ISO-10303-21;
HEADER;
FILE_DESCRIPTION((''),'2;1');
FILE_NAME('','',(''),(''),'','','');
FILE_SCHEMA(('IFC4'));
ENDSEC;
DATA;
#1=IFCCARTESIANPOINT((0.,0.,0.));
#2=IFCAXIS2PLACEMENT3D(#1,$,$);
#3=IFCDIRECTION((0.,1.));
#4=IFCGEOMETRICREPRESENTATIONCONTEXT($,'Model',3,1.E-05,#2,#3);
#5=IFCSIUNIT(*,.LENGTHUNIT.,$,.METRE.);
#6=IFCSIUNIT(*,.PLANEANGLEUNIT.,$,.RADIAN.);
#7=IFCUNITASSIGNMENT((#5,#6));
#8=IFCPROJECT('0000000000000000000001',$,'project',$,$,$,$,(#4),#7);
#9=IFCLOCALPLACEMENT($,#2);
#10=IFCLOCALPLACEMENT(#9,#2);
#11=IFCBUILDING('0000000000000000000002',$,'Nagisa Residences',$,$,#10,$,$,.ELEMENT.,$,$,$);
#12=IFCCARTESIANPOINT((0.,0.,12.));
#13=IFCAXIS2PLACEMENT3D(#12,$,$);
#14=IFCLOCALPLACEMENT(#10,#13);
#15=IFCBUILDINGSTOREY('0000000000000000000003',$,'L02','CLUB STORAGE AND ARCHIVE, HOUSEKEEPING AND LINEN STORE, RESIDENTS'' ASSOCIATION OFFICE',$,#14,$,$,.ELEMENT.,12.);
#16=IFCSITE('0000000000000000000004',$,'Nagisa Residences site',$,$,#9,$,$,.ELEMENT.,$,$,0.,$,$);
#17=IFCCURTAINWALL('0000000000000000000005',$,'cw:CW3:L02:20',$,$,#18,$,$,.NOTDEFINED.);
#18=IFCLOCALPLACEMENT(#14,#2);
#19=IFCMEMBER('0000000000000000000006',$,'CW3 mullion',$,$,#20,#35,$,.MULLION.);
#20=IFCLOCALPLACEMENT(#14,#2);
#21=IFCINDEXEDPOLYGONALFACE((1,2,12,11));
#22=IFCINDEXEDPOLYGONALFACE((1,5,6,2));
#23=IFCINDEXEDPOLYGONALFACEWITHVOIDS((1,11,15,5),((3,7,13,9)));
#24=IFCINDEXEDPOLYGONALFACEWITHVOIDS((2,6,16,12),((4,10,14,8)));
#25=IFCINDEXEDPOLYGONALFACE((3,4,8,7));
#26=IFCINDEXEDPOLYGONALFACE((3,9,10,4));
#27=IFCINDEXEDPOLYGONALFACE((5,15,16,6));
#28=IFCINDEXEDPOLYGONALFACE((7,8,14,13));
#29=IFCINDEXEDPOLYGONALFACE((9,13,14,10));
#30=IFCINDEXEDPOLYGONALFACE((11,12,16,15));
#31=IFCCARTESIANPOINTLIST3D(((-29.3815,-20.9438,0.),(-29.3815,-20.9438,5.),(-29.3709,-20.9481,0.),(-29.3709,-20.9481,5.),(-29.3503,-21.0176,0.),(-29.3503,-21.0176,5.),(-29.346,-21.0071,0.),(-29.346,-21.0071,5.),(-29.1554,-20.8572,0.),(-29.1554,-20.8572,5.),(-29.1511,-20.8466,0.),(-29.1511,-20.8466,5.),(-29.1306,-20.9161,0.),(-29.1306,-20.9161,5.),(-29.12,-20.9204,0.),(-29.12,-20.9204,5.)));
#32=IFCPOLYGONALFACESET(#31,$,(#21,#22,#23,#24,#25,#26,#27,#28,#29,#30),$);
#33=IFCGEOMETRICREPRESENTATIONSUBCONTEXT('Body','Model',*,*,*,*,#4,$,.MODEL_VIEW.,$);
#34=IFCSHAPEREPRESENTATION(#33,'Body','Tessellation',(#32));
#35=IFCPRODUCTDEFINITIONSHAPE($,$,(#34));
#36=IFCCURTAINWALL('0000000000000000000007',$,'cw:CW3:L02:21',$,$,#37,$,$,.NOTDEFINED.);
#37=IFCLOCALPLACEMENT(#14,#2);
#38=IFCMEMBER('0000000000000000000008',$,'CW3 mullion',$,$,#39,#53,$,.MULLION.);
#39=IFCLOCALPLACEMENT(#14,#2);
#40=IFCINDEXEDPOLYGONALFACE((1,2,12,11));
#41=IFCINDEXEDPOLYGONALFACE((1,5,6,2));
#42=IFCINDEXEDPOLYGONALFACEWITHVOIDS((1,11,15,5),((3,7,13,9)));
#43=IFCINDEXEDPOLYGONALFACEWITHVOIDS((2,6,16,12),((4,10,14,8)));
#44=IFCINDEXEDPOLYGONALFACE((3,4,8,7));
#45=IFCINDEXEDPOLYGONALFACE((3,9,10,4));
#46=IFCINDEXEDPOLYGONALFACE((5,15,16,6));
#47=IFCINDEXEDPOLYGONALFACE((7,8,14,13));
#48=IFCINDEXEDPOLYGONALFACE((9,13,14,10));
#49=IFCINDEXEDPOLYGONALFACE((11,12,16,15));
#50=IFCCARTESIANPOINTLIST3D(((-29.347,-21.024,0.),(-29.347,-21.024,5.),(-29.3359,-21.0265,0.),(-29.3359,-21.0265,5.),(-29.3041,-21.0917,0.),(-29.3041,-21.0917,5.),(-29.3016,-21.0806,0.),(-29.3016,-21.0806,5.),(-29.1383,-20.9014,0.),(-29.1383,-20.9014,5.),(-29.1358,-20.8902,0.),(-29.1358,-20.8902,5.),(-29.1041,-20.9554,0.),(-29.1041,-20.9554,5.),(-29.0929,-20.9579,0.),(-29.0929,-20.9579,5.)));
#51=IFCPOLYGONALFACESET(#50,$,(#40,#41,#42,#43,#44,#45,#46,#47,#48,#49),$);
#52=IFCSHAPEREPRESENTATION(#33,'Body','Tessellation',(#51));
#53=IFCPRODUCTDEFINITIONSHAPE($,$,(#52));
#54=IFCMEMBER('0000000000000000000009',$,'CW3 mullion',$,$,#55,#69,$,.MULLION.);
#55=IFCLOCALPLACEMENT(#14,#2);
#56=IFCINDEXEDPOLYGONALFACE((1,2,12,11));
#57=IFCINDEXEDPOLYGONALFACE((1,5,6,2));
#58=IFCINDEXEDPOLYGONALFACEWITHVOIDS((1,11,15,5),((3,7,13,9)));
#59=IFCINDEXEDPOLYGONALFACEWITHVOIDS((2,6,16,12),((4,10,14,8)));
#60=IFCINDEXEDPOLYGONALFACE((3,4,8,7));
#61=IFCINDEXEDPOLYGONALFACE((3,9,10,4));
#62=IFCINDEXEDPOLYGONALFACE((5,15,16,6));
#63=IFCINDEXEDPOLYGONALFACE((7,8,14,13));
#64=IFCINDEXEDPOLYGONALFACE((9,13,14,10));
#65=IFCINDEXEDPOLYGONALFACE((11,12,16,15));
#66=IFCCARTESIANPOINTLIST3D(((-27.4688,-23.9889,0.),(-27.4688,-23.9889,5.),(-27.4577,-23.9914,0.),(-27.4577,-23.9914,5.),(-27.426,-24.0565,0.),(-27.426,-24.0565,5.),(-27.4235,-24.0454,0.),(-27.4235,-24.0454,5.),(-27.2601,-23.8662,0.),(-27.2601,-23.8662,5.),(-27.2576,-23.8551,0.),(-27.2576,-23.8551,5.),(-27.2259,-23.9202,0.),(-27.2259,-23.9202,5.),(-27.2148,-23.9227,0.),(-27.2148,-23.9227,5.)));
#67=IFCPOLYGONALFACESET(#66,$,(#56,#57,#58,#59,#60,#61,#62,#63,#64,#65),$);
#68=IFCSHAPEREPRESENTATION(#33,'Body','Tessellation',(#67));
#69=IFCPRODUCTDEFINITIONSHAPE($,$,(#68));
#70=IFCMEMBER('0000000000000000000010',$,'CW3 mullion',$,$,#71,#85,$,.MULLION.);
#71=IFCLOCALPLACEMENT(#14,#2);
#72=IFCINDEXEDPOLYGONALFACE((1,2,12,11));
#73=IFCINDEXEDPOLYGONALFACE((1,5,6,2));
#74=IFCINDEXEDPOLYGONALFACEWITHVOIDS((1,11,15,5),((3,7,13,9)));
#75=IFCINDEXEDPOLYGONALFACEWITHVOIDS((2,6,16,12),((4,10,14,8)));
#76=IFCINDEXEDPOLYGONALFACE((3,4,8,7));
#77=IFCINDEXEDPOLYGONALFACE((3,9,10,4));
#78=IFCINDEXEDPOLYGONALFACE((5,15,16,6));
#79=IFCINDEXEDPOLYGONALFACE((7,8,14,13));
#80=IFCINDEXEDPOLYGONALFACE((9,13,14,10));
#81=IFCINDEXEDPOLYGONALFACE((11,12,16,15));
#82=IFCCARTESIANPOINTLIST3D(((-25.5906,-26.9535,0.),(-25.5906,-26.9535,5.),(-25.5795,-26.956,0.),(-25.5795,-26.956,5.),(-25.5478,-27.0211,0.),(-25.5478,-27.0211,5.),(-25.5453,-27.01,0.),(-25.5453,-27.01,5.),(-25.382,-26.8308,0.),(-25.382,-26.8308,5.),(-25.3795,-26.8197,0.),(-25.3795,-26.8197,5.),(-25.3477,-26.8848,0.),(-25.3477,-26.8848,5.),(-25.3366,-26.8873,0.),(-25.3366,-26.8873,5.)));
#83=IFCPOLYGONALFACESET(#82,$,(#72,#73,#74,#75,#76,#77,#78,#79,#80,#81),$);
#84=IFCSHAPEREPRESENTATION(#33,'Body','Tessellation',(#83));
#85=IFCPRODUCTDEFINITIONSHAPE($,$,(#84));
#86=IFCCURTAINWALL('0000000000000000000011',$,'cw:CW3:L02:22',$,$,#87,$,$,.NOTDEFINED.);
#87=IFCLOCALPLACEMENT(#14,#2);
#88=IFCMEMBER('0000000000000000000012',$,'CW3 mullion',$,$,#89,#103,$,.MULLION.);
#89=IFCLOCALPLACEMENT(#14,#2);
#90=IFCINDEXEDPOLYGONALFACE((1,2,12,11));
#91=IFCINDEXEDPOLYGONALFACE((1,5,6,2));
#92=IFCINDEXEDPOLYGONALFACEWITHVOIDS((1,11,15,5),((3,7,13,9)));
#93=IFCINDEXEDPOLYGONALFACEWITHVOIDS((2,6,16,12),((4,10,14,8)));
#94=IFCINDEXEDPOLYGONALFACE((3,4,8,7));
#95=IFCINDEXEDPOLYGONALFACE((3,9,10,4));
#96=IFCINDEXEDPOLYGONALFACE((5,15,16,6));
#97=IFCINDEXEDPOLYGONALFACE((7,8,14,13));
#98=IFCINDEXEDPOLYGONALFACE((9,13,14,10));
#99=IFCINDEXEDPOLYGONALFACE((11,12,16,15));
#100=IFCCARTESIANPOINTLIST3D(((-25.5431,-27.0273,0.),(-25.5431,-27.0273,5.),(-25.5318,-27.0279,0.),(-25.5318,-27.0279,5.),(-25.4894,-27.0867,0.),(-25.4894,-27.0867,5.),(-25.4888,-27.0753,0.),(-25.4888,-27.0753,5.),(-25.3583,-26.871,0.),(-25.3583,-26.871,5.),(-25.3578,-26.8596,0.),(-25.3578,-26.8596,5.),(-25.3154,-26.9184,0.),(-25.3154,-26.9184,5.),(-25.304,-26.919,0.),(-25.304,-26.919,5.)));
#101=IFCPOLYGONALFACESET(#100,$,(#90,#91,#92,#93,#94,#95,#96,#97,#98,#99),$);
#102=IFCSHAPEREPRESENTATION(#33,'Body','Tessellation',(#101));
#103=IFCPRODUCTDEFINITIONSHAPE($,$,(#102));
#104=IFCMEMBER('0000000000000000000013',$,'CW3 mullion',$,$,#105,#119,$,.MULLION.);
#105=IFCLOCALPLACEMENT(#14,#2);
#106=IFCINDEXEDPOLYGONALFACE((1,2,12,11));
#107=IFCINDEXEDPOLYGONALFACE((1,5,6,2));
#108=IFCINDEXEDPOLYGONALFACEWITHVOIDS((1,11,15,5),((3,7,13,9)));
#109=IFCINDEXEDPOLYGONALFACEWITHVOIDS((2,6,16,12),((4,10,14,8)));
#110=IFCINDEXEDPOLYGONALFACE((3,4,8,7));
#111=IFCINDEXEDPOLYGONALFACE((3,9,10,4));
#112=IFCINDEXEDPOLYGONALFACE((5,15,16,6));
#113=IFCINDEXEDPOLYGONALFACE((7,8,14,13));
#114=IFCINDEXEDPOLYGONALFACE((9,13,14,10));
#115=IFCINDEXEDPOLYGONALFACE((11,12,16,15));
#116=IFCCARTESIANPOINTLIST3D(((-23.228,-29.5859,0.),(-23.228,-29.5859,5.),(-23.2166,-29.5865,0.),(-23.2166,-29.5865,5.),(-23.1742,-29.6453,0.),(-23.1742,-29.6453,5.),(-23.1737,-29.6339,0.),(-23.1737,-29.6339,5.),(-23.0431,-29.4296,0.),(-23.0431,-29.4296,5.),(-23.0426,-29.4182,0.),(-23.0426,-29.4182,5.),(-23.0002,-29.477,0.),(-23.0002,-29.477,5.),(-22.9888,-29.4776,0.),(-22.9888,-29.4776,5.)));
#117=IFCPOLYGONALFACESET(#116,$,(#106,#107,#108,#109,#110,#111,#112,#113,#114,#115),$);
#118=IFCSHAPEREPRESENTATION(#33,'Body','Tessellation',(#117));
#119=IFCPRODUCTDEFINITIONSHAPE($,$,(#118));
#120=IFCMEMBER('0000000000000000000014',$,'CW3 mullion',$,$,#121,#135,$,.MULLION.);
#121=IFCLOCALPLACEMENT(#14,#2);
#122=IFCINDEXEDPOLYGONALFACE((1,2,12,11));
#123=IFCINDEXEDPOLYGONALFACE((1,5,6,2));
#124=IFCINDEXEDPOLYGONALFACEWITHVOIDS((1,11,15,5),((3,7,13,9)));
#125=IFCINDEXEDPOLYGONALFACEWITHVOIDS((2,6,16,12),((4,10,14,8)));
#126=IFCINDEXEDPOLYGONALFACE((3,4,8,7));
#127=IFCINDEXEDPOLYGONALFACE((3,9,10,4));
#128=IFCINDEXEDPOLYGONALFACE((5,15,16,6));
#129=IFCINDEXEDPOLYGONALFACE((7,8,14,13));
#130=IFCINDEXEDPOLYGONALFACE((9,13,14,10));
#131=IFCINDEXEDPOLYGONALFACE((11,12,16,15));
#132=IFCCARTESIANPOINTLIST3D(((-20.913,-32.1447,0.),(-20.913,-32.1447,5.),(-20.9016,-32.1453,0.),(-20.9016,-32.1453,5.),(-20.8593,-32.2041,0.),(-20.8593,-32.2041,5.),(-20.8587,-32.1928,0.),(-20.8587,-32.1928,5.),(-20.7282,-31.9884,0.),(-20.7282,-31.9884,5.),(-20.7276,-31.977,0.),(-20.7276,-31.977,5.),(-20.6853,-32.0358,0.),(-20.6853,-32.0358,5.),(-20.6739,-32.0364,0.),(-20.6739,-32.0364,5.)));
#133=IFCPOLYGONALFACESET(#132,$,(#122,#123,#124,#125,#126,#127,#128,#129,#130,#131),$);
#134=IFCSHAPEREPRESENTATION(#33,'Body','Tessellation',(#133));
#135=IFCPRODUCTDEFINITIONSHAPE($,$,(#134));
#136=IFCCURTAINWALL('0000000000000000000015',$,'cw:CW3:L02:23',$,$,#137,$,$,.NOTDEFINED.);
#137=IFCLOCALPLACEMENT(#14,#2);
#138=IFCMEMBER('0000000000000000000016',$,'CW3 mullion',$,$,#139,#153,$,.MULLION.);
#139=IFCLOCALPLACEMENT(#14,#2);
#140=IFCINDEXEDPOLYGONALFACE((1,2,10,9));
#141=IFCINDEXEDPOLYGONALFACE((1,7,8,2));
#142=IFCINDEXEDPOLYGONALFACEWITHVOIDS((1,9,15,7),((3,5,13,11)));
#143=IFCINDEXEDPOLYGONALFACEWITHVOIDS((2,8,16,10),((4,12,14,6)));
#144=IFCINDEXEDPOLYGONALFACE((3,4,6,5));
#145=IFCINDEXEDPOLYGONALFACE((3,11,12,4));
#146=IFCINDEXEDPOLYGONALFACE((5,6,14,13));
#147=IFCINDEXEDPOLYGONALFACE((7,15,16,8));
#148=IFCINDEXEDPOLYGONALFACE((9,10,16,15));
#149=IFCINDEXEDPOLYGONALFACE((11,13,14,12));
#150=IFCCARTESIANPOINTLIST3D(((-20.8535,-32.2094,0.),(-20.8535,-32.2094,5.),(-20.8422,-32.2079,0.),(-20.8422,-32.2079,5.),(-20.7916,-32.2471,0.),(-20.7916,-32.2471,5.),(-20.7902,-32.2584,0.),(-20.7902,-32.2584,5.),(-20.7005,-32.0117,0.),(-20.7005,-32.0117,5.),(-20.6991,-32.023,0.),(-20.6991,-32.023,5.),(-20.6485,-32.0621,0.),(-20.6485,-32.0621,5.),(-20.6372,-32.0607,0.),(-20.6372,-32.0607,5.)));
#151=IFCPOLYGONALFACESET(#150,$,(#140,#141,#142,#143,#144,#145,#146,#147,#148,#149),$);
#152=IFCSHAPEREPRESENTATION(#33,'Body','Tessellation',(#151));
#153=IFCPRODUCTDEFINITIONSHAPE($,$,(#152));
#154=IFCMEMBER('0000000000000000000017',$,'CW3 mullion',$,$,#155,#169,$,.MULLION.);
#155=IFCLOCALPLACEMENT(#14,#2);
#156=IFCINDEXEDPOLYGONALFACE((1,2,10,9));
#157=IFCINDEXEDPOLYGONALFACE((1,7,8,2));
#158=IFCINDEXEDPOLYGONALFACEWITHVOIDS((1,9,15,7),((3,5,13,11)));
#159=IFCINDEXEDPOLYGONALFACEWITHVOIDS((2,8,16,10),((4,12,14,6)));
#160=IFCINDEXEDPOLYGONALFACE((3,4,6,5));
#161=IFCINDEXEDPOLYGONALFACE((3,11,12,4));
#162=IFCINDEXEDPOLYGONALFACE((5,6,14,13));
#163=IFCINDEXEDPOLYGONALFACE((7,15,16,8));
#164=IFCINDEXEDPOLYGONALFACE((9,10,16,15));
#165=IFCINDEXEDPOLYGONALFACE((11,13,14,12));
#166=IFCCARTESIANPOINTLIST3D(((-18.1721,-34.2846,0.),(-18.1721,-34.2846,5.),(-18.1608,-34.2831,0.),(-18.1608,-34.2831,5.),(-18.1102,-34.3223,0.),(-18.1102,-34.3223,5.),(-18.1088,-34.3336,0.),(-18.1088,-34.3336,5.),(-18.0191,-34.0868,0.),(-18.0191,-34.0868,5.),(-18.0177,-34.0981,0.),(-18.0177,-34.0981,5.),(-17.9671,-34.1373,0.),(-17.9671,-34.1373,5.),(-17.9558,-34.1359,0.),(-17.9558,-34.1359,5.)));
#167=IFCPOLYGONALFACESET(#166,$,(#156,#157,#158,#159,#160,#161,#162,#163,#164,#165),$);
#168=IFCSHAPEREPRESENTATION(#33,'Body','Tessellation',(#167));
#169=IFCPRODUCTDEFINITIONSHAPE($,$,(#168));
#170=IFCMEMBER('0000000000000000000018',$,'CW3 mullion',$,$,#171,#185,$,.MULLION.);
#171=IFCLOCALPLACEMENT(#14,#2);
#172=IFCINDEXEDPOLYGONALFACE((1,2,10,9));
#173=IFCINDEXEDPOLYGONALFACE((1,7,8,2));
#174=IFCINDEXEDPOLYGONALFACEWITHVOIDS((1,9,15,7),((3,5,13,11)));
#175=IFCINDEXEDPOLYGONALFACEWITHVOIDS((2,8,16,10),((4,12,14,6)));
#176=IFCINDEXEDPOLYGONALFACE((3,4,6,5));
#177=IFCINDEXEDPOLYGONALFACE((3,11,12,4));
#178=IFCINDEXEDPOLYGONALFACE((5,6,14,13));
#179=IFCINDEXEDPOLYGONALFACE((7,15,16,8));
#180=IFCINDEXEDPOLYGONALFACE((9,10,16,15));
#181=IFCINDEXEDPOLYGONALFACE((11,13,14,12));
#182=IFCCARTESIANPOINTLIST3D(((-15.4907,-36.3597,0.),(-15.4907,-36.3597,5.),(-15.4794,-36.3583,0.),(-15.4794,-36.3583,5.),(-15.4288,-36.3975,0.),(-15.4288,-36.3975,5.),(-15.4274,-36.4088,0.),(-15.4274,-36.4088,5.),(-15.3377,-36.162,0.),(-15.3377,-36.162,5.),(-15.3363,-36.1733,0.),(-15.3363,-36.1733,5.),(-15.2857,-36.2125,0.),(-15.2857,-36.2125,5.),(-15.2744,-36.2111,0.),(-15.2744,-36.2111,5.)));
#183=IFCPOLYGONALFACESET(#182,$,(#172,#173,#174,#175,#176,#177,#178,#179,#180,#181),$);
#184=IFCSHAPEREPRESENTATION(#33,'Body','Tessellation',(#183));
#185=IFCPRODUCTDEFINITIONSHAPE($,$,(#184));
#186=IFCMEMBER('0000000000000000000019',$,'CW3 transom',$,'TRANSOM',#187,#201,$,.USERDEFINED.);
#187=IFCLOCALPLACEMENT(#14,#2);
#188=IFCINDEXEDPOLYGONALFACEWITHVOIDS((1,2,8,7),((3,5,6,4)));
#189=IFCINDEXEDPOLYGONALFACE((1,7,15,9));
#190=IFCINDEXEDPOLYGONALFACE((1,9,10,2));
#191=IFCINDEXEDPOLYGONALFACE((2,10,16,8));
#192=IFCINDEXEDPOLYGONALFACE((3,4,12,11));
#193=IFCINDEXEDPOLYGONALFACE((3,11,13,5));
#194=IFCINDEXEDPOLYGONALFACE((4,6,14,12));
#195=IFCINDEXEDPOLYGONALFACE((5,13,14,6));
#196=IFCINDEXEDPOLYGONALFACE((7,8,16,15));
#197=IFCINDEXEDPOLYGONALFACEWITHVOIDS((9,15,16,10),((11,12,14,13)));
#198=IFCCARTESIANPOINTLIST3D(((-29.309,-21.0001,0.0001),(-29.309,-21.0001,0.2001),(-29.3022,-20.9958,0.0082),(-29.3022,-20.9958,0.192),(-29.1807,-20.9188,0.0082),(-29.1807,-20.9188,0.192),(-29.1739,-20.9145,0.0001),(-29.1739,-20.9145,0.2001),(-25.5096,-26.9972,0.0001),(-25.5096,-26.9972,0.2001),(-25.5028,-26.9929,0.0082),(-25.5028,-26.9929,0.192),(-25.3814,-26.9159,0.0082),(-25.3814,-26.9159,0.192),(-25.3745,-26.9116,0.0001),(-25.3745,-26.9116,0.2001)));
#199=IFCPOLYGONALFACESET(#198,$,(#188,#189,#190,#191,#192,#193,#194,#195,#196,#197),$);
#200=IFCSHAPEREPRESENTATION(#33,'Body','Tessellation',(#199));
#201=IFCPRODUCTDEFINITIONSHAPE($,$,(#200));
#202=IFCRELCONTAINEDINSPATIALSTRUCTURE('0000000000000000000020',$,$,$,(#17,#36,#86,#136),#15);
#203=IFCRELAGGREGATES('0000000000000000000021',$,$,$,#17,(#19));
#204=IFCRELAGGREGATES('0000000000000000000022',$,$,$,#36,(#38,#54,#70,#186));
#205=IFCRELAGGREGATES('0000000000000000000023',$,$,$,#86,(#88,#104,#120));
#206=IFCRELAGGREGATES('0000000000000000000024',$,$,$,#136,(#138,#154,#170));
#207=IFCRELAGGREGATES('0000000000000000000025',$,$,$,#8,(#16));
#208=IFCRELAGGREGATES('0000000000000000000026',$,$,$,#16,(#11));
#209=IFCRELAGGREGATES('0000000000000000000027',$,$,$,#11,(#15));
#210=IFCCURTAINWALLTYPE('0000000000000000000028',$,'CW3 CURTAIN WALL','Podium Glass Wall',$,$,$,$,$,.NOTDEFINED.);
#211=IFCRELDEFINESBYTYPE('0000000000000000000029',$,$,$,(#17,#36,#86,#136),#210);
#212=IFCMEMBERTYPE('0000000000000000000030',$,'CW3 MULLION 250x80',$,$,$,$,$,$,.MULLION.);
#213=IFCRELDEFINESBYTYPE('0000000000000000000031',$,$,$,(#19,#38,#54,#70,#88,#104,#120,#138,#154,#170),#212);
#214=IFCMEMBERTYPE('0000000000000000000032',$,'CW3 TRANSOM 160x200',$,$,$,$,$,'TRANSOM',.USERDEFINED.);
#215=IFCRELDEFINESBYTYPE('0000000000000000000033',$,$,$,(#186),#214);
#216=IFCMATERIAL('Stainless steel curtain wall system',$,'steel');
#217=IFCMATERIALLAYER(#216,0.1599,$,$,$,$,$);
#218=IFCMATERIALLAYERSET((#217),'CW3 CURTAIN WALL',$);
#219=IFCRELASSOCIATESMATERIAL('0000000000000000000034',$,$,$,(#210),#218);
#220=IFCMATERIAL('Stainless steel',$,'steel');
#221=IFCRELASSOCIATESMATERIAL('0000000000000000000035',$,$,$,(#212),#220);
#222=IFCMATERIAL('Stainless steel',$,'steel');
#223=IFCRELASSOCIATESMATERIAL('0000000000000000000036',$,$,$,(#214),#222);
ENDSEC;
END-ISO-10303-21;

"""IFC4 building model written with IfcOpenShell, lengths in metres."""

from ifc_helpers import new_model, si_unit, direction, frame, origin, origin_2d, place, context, subcontext, project, spatial, hollow_rectangle, extrude, material, layer, layer_set, material_profile, profile_set, type_object, element, aggregate, save


model = new_model("IFC4")

# Units and contexts
model_context = context("Model", 3, precision=1e-05, world=origin(), true_north=direction((0.0, 1.0)))
body_context = subcontext(model_context, "Body", "Model", "MODEL_VIEW")
ifc_project = project(units=[si_unit("LENGTHUNIT", "METRE"), si_unit("PLANEANGLEUNIT", "RADIAN")], contexts=[model_context])

# Site, building, storey
site_placement = place(None, origin())
site = spatial("IfcSite", under=ifc_project, at=site_placement, Name="Nagisa Residences site", CompositionType="ELEMENT", RefElevation=0.0)
building_placement = place(site_placement, origin())
building = spatial("IfcBuilding", under=site, at=building_placement, Name="Nagisa Residences", CompositionType="ELEMENT")
storey_placement = place(building_placement, frame((0.0, 0.0, 12.0)))
storey = spatial("IfcBuildingStorey", under=building, at=storey_placement, Name="L02", Description="CLUB STORAGE AND ARCHIVE, HOUSEKEEPING AND LINEN STORE, RESIDENTS' ASSOCIATION OFFICE", CompositionType="ELEMENT", Elevation=12.0)

# Curtain walls, members
ifc_material_1 = material(Name="Stainless steel curtain wall system", Category="steel")
ifc_layer_1 = layer(ifc_material_1, 0.1599)
ifc_layer_set_1 = layer_set([ifc_layer_1], Name="CW3 CURTAIN WALL")
curtain_wall_type_1 = type_object("IfcCurtainWallType", Name="CW3 CURTAIN WALL", Description="Podium Glass Wall", PredefinedType="NOTDEFINED", material=ifc_layer_set_1)
curtain_wall_1_placement = place(storey_placement, origin())
curtain_wall_1 = element("IfcCurtainWall", 1, at=curtain_wall_1_placement, inside=storey, type_object=curtain_wall_type_1, Name="cw:CW3:L02:20", PredefinedType="NOTDEFINED")
ifc_material_2 = material(Name="Stainless steel", Category="steel")
ifc_material_profile_1 = material_profile(ifc_material_2, hollow_rectangle(XDim=0.25, YDim=0.0801, WallThickness=0.0081, at=origin_2d()), Name="CW3 MULLION 250x80")
ifc_profile_set_1 = profile_set([ifc_material_profile_1], Name="Stainless steel")
member_type_1 = type_object("IfcMemberType", Name="CW3 MULLION 250x80", PredefinedType="MULLION", material=ifc_profile_set_1)
member_1_placement = place(storey_placement, frame((-29.2507, -20.9321, 0.0), z_axis=(0.0, 0.0, 1.0), x_axis=(0.921357, 0.388718, 0.0)))
member_1 = element("IfcMember", 2, at=member_1_placement, type_object=member_type_1, Name="CW3 mullion", PredefinedType="MULLION", context=body_context, shape_type="SweptSolid", body=[
    extrude(hollow_rectangle(XDim=0.25, YDim=0.0801, WallThickness=0.0081, at=origin_2d()), origin(), (0.0, 0.0, 1.0), 5.0),
])
curtain_wall_2_placement = place(storey_placement, origin())
curtain_wall_2 = element("IfcCurtainWall", 3, at=curtain_wall_2_placement, inside=storey, type_object=curtain_wall_type_1, Name="cw:CW3:L02:21", PredefinedType="NOTDEFINED")
member_2_placement = place(storey_placement, frame((-29.22, -20.991, 0.0), z_axis=(0.0, 0.0, 1.0), x_axis=(0.844747, 0.535165, 0.0)))
member_2 = element("IfcMember", 4, at=member_2_placement, type_object=member_type_1, Name="CW3 mullion", PredefinedType="MULLION", context=body_context, shape_type="SweptSolid", body=[
    extrude(hollow_rectangle(XDim=0.25, YDim=0.0801, WallThickness=0.0081, at=origin_2d()), origin(), (0.0, 0.0, 1.0), 5.0),
])
member_3_placement = place(storey_placement, frame((-27.3418, -23.9558, 0.0), z_axis=(0.0, 0.0, 1.0), x_axis=(0.844747, 0.535165, 0.0)))
member_3 = element("IfcMember", 5, at=member_3_placement, type_object=member_type_1, Name="CW3 mullion", PredefinedType="MULLION", context=body_context, shape_type="SweptSolid", body=[
    extrude(hollow_rectangle(XDim=0.25, YDim=0.0801, WallThickness=0.0081, at=origin_2d()), origin(), (0.0, 0.0, 1.0), 5.0),
])
member_4_placement = place(storey_placement, frame((-25.4636, -26.9204, 0.0), z_axis=(0.0, 0.0, 1.0), x_axis=(0.844747, 0.535165, 0.0)))
member_4 = element("IfcMember", 6, at=member_4_placement, type_object=member_type_1, Name="CW3 mullion", PredefinedType="MULLION", context=body_context, shape_type="SweptSolid", body=[
    extrude(hollow_rectangle(XDim=0.25, YDim=0.0801, WallThickness=0.0081, at=origin_2d()), origin(), (0.0, 0.0, 1.0), 5.0),
])
curtain_wall_3_placement = place(storey_placement, origin())
curtain_wall_3 = element("IfcCurtainWall", 7, at=curtain_wall_3_placement, inside=storey, type_object=curtain_wall_type_1, Name="cw:CW3:L02:22", PredefinedType="NOTDEFINED")
member_5_placement = place(storey_placement, frame((-25.4236, -26.9731, 0.0), z_axis=(0.0, 0.0, 1.0), x_axis=(0.741536, 0.670913, 0.0)))
member_5 = element("IfcMember", 8, at=member_5_placement, type_object=member_type_1, Name="CW3 mullion", PredefinedType="MULLION", context=body_context, shape_type="SweptSolid", body=[
    extrude(hollow_rectangle(XDim=0.25, YDim=0.0801, WallThickness=0.0081, at=origin_2d()), origin(), (0.0, 0.0, 1.0), 5.0),
])
member_6_placement = place(storey_placement, frame((-23.1084, -29.5317, 0.0), z_axis=(0.0, 0.0, 1.0), x_axis=(0.741536, 0.670913, 0.0)))
member_6 = element("IfcMember", 9, at=member_6_placement, type_object=member_type_1, Name="CW3 mullion", PredefinedType="MULLION", context=body_context, shape_type="SweptSolid", body=[
    extrude(hollow_rectangle(XDim=0.25, YDim=0.0801, WallThickness=0.0081, at=origin_2d()), origin(), (0.0, 0.0, 1.0), 5.0),
])
member_7_placement = place(storey_placement, frame((-20.7935, -32.0906, 0.0), z_axis=(0.0, 0.0, 1.0), x_axis=(0.741536, 0.670913, 0.0)))
member_7 = element("IfcMember", 10, at=member_7_placement, type_object=member_type_1, Name="CW3 mullion", PredefinedType="MULLION", context=body_context, shape_type="SweptSolid", body=[
    extrude(hollow_rectangle(XDim=0.25, YDim=0.0801, WallThickness=0.0081, at=origin_2d()), origin(), (0.0, 0.0, 1.0), 5.0),
])
curtain_wall_4_placement = place(storey_placement, origin())
curtain_wall_4 = element("IfcCurtainWall", 11, at=curtain_wall_4_placement, inside=storey, type_object=curtain_wall_type_1, Name="cw:CW3:L02:23", PredefinedType="NOTDEFINED")
member_8_placement = place(storey_placement, frame((-20.7454, -32.135, 0.0), z_axis=(0.0, 0.0, 1.0), x_axis=(0.612035, 0.790831, 0.0)))
member_8 = element("IfcMember", 12, at=member_8_placement, type_object=member_type_1, Name="CW3 mullion", PredefinedType="MULLION", context=body_context, shape_type="SweptSolid", body=[
    extrude(hollow_rectangle(XDim=0.25, YDim=0.0801, WallThickness=0.0081, at=origin_2d()), origin(), (0.0, 0.0, 1.0), 5.0),
])
member_9_placement = place(storey_placement, frame((-18.064, -34.2102, 0.0), z_axis=(0.0, 0.0, 1.0), x_axis=(0.612035, 0.790831, 0.0)))
member_9 = element("IfcMember", 13, at=member_9_placement, type_object=member_type_1, Name="CW3 mullion", PredefinedType="MULLION", context=body_context, shape_type="SweptSolid", body=[
    extrude(hollow_rectangle(XDim=0.25, YDim=0.0801, WallThickness=0.0081, at=origin_2d()), origin(), (0.0, 0.0, 1.0), 5.0),
])
member_10_placement = place(storey_placement, frame((-15.3826, -36.2854, 0.0), z_axis=(0.0, 0.0, 1.0), x_axis=(0.612035, 0.790831, 0.0)))
member_10 = element("IfcMember", 14, at=member_10_placement, type_object=member_type_1, Name="CW3 mullion", PredefinedType="MULLION", context=body_context, shape_type="SweptSolid", body=[
    extrude(hollow_rectangle(XDim=0.25, YDim=0.0801, WallThickness=0.0081, at=origin_2d()), origin(), (0.0, 0.0, 1.0), 5.0),
])

# Member
ifc_material_3 = material(Name="Stainless steel", Category="steel")
ifc_material_profile_2 = material_profile(ifc_material_3, hollow_rectangle(XDim=0.1599, YDim=0.2, WallThickness=0.0081, at=origin_2d()), Name="CW3 TRANSOM 160x200")
ifc_profile_set_2 = profile_set([ifc_material_profile_2], Name="Stainless steel")
member_type_2 = type_object("IfcMemberType", Name="CW3 TRANSOM 160x200", ElementType="TRANSOM", PredefinedType="USERDEFINED", material=ifc_profile_set_2)
member_11_placement = place(storey_placement, frame((-29.2415, -20.9573, 0.1001), z_axis=(0.53517, -0.844744, 0.0), x_axis=(0.844744, 0.53517, 0.0)))
member_11 = element("IfcMember", 15, at=member_11_placement, type_object=member_type_2, Name="CW3 transom", ObjectType="TRANSOM", PredefinedType="USERDEFINED", context=body_context, shape_type="SweptSolid", body=[
    extrude(hollow_rectangle(XDim=0.1599, YDim=0.2, WallThickness=0.0081, at=origin_2d()), origin(), (0.0, 0.0, 1.0), 7.0994),
])

aggregate(curtain_wall_1, [member_1])
aggregate(curtain_wall_2, [member_2, member_3, member_4, member_11])
aggregate(curtain_wall_3, [member_5, member_6, member_7])
aggregate(curtain_wall_4, [member_8, member_9, member_10])

save(model, "model.ifc")
